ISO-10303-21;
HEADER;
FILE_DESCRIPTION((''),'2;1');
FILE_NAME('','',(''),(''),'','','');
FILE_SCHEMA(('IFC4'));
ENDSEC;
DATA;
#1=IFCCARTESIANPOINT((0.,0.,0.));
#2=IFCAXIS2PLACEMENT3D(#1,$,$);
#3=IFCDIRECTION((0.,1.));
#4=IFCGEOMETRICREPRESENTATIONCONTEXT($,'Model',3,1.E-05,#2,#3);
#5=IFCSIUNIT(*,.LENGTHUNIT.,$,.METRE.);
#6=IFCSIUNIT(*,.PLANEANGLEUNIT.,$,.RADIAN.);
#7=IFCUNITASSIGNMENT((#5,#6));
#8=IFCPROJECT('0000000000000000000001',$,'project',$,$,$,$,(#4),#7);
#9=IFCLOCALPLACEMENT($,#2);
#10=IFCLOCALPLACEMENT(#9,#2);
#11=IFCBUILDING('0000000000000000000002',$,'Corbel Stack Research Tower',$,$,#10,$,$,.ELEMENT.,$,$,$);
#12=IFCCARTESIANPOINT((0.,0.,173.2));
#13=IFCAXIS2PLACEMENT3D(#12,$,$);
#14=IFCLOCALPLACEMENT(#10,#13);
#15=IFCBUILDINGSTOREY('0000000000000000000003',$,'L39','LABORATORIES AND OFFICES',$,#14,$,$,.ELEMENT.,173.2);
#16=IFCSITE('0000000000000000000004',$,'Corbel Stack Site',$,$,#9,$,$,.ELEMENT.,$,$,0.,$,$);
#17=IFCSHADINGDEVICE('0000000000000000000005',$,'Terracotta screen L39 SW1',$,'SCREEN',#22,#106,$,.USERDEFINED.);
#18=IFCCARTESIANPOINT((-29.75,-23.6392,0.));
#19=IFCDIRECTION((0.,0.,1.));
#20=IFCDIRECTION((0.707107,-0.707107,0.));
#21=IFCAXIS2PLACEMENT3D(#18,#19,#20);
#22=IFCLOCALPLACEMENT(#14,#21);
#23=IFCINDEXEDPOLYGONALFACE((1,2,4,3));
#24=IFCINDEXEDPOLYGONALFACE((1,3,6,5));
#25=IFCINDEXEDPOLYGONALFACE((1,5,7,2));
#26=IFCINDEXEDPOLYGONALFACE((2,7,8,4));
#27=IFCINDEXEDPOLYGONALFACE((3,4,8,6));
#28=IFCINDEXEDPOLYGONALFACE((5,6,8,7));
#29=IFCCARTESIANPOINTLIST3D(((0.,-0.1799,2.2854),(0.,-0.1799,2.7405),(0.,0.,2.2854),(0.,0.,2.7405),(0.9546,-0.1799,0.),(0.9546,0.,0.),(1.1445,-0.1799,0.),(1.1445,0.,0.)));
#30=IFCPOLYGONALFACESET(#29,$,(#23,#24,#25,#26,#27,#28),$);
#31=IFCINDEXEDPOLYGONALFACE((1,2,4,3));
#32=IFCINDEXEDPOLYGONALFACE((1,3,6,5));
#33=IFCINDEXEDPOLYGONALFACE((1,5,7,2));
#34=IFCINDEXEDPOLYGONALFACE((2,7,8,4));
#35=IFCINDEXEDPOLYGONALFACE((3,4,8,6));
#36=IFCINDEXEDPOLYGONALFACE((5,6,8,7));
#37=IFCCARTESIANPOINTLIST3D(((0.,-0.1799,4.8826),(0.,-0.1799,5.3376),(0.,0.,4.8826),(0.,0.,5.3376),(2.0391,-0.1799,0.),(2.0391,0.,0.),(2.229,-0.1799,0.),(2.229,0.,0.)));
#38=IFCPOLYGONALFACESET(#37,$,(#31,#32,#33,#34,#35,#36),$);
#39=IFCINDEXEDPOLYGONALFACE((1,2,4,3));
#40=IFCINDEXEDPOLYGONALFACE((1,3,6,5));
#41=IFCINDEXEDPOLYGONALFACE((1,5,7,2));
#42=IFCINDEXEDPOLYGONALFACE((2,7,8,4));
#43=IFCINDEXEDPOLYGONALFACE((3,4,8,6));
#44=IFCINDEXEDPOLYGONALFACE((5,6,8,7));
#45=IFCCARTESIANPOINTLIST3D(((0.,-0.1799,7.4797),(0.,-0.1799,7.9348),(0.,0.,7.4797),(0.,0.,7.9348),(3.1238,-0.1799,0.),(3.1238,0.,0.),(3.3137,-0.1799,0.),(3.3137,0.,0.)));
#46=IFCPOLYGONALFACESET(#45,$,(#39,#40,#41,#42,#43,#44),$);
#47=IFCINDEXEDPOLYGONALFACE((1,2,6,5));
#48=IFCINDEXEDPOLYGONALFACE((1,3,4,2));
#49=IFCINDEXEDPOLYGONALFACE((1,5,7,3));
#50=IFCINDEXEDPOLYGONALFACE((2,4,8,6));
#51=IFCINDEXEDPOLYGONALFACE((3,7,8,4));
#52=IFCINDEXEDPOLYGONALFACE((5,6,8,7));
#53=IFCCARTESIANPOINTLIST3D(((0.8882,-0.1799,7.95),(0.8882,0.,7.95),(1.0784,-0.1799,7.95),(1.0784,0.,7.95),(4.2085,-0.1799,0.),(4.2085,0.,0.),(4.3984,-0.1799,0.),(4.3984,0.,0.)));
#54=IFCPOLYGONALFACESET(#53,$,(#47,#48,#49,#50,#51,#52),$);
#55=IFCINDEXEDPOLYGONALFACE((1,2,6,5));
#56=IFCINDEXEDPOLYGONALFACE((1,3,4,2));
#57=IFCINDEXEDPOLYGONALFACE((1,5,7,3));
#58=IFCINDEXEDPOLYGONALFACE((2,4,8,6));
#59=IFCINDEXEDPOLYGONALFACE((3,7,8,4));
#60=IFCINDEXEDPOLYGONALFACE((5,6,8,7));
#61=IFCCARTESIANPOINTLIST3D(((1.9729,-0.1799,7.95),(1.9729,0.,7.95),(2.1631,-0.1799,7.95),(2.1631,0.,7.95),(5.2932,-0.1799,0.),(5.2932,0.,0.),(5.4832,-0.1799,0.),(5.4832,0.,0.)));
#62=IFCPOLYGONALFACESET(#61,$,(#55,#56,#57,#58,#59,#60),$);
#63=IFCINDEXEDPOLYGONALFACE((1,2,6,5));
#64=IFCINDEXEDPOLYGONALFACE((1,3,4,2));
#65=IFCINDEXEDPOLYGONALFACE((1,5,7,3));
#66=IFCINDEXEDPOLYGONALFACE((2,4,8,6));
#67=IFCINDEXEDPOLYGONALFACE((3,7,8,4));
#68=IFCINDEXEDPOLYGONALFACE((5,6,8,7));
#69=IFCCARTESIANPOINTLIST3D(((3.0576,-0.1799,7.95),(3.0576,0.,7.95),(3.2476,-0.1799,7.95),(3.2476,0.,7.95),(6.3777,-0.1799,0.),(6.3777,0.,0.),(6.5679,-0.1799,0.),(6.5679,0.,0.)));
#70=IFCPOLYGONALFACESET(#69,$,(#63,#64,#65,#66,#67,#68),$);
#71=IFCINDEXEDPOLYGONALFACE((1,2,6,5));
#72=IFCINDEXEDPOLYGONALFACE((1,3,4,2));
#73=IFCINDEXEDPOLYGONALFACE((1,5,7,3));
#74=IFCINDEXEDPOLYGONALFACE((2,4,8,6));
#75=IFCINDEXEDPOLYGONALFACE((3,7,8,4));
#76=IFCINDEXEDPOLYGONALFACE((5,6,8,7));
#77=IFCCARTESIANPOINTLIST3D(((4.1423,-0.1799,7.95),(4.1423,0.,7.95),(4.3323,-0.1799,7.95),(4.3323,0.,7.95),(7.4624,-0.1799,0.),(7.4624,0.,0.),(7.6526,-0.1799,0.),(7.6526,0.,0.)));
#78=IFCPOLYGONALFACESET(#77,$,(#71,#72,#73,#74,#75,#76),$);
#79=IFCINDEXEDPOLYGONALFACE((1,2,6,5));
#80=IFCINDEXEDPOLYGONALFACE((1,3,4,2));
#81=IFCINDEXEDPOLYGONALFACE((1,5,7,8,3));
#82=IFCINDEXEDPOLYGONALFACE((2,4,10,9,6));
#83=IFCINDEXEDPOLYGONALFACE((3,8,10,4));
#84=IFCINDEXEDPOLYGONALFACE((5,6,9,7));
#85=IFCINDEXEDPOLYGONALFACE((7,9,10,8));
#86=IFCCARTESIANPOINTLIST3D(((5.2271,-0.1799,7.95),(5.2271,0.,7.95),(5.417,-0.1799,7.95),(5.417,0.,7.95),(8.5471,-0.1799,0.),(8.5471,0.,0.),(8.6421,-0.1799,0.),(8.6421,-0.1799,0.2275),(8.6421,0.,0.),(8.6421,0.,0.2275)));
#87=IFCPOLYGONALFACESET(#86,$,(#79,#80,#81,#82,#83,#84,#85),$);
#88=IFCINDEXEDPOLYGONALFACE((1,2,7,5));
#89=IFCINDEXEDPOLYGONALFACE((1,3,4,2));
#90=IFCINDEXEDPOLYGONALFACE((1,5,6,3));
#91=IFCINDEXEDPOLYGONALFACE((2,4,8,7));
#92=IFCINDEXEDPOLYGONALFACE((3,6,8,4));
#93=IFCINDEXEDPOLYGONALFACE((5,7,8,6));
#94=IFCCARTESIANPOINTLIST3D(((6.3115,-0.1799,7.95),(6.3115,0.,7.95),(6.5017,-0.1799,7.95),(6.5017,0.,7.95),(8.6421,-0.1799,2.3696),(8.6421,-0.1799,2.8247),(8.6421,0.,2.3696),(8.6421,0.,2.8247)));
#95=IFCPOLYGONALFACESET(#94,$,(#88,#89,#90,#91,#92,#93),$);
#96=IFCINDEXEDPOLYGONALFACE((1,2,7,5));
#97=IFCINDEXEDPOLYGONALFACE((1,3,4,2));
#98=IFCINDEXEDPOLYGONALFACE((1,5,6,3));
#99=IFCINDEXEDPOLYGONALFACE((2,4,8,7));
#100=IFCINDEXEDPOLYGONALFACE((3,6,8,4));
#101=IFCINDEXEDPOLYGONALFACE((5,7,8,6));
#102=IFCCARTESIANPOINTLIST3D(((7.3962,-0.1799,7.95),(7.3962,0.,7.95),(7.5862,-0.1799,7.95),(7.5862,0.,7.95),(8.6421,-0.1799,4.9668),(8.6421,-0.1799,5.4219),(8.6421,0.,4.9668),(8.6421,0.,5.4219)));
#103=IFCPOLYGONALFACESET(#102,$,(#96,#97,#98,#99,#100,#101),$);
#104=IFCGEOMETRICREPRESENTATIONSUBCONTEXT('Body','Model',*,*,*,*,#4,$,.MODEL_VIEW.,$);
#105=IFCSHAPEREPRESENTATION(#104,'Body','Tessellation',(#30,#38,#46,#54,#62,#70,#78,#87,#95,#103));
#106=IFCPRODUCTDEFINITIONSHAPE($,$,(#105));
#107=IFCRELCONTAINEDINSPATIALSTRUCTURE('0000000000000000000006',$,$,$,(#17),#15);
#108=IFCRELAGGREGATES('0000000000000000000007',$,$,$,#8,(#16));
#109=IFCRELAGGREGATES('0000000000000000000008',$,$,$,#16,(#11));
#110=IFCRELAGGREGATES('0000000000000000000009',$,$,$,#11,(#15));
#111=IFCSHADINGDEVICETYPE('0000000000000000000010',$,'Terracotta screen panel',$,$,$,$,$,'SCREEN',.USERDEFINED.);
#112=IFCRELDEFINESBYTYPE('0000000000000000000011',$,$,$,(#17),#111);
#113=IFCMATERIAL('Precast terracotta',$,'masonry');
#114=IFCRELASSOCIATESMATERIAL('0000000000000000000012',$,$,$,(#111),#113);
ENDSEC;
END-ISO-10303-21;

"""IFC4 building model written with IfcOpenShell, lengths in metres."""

from ifc_helpers import new_model, si_unit, direction, frame, origin, place, context, subcontext, project, spatial, polyline, outline, extrude, source, transform, mapped, material, type_object, element, save


model = new_model("IFC4")

# Units and contexts
model_context = context("Model", 3, precision=1e-05, world=origin(), true_north=direction((0.0, 1.0)))
body_context = subcontext(model_context, "Body", "Model", "MODEL_VIEW")
ifc_project = project(units=[si_unit("LENGTHUNIT", "METRE"), si_unit("PLANEANGLEUNIT", "RADIAN")], contexts=[model_context])

# Site, building, storey
site_placement = place(None, origin())
site = spatial("IfcSite", under=ifc_project, at=site_placement, Name="Corbel Stack Site", CompositionType="ELEMENT", RefElevation=0.0)
building_placement = place(site_placement, origin())
building = spatial("IfcBuilding", under=site, at=building_placement, Name="Corbel Stack Research Tower", CompositionType="ELEMENT")
storey_placement = place(building_placement, frame((0.0, 0.0, 173.2)))
storey = spatial("IfcBuildingStorey", under=building, at=storey_placement, Name="L39", Description="LABORATORIES AND OFFICES", CompositionType="ELEMENT", Elevation=173.2)

# Shading device
ifc_material_1 = material(Name="Precast terracotta", Category="masonry")
shading_device_type = type_object("IfcShadingDeviceType", Name="Terracotta screen panel", ElementType="SCREEN", PredefinedType="USERDEFINED", material=ifc_material_1)
shared_shape_1 = source(origin(), body_context, "Body", "SweptSolid", [
    extrude(outline(polyline([(1.1445, 0.0), (0.0, 2.7405), (0.0, 2.2854), (0.9546, 0.0), (1.1445, 0.0)])), frame((0.0, 0.0, 0.0), z_axis=(0.0, -1.0, 0.0), x_axis=(1.0, 0.0, 0.0)), (0.0, 0.0, 1.0), 0.1799),
    extrude(outline(polyline([(2.229, 0.0), (0.0, 5.3376), (0.0, 4.8826), (2.0391, 0.0), (2.229, 0.0)])), frame((0.0, 0.0, 0.0), z_axis=(0.0, -1.0, 0.0), x_axis=(1.0, 0.0, 0.0)), (0.0, 0.0, 1.0), 0.1799),
    extrude(outline(polyline([(3.3137, 0.0), (0.0, 7.9348), (0.0, 7.4797), (3.1238, 0.0), (3.3137, 0.0)])), frame((0.0, 0.0, 0.0), z_axis=(0.0, -1.0, 0.0), x_axis=(1.0, 0.0, 0.0)), (0.0, 0.0, 1.0), 0.1799),
    extrude(outline(polyline([(4.3984, 0.0), (1.0784, 7.95), (0.8882, 7.95), (4.2085, 0.0), (4.3984, 0.0)])), frame((0.0, 0.0, 0.0), z_axis=(0.0, -1.0, 0.0), x_axis=(1.0, 0.0, 0.0)), (0.0, 0.0, 1.0), 0.1799),
    extrude(outline(polyline([(5.4832, 0.0), (2.1631, 7.95), (1.9729, 7.95), (5.2932, 0.0), (5.4832, 0.0)])), frame((0.0, 0.0, 0.0), z_axis=(0.0, -1.0, 0.0), x_axis=(1.0, 0.0, 0.0)), (0.0, 0.0, 1.0), 0.1799),
    extrude(outline(polyline([(6.5679, 0.0), (3.2476, 7.95), (3.0576, 7.95), (6.3777, 0.0), (6.5679, 0.0)])), frame((0.0, 0.0, 0.0), z_axis=(0.0, -1.0, 0.0), x_axis=(1.0, 0.0, 0.0)), (0.0, 0.0, 1.0), 0.1799),
    extrude(outline(polyline([(7.6526, 0.0), (4.3323, 7.95), (4.1423, 7.95), (7.4624, 0.0), (7.6526, 0.0)])), frame((0.0, 0.0, 0.0), z_axis=(0.0, -1.0, 0.0), x_axis=(1.0, 0.0, 0.0)), (0.0, 0.0, 1.0), 0.1799),
    extrude(outline(polyline([(8.6421, 0.0), (8.6421, 0.2275), (5.417, 7.95), (5.2271, 7.95), (8.5471, 0.0), (8.6421, 0.0)])), frame((0.0, 0.0, 0.0), z_axis=(0.0, -1.0, 0.0), x_axis=(1.0, 0.0, 0.0)), (0.0, 0.0, 1.0), 0.1799),
    extrude(outline(polyline([(6.5017, 7.95), (6.3115, 7.95), (8.6421, 2.3696), (8.6421, 2.8247), (6.5017, 7.95)])), frame((0.0, 0.0, 0.0), z_axis=(0.0, -1.0, 0.0), x_axis=(1.0, 0.0, 0.0)), (0.0, 0.0, 1.0), 0.1799),
    extrude(outline(polyline([(7.5862, 7.95), (7.3962, 7.95), (8.6421, 4.9668), (8.6421, 5.4219), (7.5862, 7.95)])), frame((0.0, 0.0, 0.0), z_axis=(0.0, -1.0, 0.0), x_axis=(1.0, 0.0, 0.0)), (0.0, 0.0, 1.0), 0.1799),
])
shading_device_1_placement = place(storey_placement, frame((-29.75, -23.6392, 0.0), z_axis=(0.0, 0.0, 1.0), x_axis=(0.707107, -0.707107, 0.0)))
element("IfcShadingDevice", 1, at=shading_device_1_placement, inside=storey, type_object=shading_device_type, Name="Terracotta screen L39 SW1", ObjectType="SCREEN", PredefinedType="USERDEFINED", context=body_context, shape_type="MappedRepresentation", body=[
    mapped(shared_shape_1, transform((0.0, 0.0, 0.0))),
])

save(model, "model.ifc")
